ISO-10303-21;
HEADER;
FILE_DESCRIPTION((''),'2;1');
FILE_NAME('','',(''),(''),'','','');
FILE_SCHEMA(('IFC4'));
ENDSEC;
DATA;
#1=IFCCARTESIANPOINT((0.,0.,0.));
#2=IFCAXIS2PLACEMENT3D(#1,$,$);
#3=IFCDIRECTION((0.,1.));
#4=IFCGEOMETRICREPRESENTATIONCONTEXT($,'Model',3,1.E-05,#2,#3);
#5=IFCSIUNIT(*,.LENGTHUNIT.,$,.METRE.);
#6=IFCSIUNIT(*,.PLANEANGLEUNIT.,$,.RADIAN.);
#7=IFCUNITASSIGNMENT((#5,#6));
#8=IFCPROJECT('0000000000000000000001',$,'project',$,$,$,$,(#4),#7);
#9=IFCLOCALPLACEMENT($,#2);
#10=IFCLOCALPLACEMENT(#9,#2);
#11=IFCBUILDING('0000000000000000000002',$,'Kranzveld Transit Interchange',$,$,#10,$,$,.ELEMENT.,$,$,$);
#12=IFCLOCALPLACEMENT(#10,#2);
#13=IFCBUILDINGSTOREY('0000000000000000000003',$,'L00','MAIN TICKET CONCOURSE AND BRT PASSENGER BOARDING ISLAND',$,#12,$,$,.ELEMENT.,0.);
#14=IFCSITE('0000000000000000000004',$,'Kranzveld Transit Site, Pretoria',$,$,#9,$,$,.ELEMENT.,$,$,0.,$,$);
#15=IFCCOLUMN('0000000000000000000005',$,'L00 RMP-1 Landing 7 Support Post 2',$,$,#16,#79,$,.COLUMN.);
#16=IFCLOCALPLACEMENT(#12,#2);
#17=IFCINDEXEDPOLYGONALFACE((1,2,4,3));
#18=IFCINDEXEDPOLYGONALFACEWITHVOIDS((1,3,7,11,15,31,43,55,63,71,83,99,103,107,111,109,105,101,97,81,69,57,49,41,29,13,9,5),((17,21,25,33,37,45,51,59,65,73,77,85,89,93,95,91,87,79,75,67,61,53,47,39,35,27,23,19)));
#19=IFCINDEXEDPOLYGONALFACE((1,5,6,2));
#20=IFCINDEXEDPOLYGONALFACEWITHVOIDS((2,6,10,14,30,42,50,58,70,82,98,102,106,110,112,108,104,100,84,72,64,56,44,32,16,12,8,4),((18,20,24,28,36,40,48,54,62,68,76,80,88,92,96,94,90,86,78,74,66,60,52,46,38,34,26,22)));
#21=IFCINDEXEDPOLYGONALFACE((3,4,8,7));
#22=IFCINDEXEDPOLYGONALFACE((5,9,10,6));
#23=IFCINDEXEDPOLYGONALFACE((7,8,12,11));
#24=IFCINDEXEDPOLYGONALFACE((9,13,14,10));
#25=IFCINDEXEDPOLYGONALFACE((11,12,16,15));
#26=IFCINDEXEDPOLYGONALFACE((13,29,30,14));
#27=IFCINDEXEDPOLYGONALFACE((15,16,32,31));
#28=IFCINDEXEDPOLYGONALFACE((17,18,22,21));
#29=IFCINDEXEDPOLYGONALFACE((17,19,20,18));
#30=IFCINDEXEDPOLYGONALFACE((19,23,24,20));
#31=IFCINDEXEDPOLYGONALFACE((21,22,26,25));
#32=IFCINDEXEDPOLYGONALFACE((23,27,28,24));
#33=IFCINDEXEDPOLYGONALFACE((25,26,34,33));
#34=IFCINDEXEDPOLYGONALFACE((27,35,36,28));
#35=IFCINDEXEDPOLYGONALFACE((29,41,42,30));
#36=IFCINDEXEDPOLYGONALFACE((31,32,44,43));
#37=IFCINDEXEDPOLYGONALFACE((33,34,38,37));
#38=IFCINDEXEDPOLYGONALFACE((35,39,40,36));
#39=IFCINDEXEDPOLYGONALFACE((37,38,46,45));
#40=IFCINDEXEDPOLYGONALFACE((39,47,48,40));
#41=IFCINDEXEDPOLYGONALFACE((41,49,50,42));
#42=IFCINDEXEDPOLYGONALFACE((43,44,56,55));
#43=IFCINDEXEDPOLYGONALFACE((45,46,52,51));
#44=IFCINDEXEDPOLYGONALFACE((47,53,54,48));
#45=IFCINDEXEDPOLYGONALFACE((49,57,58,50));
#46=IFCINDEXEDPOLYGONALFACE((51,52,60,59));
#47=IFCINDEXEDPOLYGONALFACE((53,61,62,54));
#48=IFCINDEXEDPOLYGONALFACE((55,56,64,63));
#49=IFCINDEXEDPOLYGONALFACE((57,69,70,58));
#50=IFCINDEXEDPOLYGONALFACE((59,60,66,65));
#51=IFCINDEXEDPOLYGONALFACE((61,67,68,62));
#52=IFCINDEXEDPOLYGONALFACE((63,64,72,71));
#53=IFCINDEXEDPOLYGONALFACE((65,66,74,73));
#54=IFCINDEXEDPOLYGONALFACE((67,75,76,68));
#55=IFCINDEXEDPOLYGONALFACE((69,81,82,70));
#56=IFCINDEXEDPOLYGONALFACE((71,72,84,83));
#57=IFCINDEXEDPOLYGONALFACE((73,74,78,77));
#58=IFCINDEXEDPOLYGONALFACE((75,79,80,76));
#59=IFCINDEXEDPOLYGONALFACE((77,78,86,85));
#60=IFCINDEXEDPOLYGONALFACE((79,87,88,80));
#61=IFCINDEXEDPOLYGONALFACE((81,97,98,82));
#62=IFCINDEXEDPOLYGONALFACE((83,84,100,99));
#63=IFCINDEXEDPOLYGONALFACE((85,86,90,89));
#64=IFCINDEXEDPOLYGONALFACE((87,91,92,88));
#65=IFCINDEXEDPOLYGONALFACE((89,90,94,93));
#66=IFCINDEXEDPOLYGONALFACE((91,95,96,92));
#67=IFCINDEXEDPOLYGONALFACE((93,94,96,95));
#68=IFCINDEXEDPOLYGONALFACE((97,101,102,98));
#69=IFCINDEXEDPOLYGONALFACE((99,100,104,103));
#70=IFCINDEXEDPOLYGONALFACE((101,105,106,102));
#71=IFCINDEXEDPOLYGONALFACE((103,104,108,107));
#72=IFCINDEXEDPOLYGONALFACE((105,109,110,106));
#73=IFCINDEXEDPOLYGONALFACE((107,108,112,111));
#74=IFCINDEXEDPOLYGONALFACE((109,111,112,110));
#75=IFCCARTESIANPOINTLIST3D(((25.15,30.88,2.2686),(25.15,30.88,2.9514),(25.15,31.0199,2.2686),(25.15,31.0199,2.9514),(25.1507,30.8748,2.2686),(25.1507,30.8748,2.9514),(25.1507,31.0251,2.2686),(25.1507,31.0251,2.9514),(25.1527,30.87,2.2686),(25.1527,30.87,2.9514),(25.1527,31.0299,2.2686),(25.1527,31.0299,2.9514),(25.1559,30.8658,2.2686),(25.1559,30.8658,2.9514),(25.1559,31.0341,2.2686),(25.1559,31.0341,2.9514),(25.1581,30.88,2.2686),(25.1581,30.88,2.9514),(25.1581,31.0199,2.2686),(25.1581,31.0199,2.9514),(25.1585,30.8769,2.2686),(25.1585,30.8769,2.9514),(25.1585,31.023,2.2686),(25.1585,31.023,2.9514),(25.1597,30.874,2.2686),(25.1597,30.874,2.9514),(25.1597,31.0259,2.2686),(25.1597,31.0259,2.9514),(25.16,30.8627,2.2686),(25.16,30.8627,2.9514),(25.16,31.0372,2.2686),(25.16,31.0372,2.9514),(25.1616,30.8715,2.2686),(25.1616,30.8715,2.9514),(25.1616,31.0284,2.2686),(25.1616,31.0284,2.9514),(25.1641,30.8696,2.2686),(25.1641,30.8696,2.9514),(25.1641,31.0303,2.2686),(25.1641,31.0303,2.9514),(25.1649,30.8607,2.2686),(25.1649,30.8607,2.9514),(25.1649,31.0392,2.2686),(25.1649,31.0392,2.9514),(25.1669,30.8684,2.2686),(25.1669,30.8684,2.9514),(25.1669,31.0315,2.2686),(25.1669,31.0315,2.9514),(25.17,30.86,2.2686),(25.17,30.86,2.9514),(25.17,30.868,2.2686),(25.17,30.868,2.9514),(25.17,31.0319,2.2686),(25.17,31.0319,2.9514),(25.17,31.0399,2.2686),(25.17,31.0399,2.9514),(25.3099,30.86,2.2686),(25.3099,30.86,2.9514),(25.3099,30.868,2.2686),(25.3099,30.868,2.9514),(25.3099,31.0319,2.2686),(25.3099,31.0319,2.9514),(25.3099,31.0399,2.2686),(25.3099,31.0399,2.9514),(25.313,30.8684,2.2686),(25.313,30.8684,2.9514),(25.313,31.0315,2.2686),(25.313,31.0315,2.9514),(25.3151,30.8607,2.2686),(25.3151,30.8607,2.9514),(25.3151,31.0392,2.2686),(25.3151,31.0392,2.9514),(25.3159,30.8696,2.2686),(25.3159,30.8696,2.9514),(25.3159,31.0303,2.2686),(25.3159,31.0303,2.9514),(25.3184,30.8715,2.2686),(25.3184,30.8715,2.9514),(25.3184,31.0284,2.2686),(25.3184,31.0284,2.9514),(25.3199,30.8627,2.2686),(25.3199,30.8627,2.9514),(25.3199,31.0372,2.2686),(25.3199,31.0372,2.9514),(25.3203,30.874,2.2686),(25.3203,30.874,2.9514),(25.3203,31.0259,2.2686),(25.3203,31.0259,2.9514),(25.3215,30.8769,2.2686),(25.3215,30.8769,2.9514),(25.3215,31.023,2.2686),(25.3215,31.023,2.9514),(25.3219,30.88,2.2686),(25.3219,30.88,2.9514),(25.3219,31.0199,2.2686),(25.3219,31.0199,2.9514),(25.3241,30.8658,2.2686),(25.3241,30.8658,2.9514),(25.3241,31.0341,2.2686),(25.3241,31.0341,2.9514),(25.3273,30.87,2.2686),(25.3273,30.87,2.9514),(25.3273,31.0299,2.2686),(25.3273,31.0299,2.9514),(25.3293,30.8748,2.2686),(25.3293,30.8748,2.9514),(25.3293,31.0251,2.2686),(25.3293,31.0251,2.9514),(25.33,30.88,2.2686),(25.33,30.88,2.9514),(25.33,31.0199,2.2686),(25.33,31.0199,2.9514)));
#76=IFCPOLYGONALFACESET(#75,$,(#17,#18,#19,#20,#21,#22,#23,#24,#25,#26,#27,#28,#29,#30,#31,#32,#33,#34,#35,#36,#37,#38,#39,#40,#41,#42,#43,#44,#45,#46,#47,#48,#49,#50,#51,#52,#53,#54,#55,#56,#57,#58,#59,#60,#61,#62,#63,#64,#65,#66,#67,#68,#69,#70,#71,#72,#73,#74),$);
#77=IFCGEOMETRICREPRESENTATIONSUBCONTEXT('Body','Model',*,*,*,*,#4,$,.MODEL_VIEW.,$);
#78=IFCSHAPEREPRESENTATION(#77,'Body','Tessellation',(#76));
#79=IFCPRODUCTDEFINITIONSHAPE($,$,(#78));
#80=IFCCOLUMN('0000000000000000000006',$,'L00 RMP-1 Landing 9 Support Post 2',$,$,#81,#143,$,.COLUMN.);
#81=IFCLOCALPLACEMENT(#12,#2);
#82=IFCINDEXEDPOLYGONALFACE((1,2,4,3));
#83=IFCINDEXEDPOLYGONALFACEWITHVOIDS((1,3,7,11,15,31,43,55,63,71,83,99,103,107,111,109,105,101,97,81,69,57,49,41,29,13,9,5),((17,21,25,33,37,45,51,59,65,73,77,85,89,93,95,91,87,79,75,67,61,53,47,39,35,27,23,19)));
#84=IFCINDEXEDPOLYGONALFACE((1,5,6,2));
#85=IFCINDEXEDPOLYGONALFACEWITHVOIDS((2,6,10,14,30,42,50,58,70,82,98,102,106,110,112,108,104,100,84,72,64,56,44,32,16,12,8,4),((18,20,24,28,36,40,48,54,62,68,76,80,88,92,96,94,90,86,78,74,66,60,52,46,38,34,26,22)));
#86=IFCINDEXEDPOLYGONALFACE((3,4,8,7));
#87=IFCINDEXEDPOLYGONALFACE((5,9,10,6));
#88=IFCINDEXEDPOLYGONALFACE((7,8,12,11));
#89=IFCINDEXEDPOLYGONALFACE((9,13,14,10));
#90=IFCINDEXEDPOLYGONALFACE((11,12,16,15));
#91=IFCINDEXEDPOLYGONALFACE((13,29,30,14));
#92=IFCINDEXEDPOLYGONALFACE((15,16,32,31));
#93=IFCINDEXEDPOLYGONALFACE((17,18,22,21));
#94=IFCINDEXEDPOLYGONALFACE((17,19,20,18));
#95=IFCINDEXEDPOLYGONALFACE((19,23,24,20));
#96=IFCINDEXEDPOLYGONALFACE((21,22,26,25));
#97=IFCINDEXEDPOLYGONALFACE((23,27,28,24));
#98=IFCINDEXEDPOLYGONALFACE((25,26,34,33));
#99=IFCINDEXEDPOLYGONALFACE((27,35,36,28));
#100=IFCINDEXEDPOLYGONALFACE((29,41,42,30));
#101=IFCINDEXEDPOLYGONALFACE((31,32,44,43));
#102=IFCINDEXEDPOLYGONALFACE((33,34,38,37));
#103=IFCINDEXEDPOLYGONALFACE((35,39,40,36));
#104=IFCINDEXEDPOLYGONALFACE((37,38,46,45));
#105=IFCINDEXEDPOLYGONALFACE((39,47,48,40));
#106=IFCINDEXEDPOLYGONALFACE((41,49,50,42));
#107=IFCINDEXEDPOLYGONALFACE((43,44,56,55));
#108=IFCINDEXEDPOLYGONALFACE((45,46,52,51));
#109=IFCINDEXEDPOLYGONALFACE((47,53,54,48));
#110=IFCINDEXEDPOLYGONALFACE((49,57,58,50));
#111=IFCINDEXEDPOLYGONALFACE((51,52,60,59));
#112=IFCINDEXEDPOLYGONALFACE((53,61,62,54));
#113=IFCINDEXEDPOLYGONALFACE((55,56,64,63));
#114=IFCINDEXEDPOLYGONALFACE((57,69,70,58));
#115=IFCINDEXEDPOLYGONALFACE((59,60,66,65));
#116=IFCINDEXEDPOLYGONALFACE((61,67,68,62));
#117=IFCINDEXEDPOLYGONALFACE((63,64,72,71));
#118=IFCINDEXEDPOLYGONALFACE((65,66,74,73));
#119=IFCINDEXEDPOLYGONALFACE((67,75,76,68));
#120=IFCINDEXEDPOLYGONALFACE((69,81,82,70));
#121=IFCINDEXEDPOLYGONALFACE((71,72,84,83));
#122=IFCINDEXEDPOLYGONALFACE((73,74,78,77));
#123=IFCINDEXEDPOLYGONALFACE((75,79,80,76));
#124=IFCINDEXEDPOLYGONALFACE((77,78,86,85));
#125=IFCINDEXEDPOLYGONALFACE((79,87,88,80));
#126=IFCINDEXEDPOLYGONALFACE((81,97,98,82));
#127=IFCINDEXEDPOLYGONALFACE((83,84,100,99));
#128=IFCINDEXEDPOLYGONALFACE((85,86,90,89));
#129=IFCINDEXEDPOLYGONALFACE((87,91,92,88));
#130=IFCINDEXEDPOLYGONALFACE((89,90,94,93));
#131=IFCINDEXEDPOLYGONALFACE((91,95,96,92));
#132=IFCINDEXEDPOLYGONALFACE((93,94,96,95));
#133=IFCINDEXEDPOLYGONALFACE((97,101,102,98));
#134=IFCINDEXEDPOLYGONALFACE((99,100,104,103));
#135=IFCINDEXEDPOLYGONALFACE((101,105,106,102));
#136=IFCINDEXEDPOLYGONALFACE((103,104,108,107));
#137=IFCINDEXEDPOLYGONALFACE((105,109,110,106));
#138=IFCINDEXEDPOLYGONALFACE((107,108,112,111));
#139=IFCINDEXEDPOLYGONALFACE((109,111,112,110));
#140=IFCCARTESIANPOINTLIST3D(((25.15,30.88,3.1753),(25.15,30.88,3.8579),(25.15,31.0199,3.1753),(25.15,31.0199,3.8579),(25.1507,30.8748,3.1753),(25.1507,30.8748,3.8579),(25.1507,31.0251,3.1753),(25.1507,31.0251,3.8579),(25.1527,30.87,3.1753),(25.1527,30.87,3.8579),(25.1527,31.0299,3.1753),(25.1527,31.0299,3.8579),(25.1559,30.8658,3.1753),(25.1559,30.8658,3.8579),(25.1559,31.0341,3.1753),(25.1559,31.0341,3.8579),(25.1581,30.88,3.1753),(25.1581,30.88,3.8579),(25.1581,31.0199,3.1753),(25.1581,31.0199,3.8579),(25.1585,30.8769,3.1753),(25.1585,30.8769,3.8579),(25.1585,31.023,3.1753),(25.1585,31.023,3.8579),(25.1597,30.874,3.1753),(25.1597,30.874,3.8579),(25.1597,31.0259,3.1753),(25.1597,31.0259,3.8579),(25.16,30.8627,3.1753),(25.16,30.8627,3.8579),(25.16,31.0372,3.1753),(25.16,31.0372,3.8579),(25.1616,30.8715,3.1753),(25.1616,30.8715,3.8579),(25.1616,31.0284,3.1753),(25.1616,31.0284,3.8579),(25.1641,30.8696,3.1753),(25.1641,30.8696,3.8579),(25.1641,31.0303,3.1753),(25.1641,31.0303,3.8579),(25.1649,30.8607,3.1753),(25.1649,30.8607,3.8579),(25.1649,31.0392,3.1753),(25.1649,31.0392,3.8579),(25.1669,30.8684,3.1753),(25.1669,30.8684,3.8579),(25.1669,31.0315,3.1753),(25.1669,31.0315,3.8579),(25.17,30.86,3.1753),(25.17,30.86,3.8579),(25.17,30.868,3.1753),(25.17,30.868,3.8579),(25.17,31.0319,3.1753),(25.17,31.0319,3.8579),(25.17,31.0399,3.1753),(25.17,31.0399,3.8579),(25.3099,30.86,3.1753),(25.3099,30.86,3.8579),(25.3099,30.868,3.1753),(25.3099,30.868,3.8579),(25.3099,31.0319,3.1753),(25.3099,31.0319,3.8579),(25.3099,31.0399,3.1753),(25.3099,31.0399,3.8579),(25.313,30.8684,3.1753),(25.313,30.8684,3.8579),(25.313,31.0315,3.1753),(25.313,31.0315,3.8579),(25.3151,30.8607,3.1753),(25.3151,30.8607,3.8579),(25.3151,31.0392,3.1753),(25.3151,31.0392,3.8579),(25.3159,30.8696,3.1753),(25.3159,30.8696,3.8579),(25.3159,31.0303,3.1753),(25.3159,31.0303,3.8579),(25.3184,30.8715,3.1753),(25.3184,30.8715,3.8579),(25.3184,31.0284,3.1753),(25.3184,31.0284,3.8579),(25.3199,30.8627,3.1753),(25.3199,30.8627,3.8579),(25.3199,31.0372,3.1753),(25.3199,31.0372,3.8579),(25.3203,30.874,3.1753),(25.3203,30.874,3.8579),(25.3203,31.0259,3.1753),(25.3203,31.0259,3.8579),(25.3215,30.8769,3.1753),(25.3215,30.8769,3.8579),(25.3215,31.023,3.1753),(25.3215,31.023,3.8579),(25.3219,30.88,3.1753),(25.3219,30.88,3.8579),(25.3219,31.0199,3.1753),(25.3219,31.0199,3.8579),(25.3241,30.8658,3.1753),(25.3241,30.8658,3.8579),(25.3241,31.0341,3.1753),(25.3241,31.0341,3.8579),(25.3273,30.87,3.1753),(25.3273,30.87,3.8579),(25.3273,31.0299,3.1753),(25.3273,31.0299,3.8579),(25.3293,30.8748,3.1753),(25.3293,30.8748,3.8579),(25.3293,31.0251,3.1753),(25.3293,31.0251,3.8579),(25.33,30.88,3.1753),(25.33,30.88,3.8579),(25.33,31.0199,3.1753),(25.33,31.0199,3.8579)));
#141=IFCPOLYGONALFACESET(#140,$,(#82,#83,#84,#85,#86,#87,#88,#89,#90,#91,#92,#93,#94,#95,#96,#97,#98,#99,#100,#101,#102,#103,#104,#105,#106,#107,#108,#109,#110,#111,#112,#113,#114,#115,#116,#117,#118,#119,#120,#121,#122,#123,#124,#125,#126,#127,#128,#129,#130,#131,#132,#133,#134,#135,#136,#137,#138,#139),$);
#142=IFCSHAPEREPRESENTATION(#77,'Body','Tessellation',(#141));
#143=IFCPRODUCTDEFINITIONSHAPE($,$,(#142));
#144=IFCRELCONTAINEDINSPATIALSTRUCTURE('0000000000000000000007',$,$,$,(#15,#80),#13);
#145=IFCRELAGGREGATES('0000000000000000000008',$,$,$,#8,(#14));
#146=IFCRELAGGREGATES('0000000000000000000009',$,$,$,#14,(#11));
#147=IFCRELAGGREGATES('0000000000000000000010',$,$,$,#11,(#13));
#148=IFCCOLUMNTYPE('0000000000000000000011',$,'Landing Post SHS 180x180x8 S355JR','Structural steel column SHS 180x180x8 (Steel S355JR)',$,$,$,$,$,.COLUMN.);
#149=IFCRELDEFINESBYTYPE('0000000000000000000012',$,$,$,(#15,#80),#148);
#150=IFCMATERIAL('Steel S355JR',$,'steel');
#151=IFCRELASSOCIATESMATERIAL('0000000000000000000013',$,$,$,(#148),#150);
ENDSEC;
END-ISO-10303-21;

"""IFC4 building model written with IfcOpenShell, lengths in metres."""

from ifc_helpers import new_model, si_unit, direction, frame, origin, origin_2d, place, context, subcontext, project, spatial, hollow_rectangle, extrude, material, material_profile, profile_set, type_object, element, save


model = new_model("IFC4")

# Units and contexts
model_context = context("Model", 3, precision=1e-05, world=origin(), true_north=direction((0.0, 1.0)))
body_context = subcontext(model_context, "Body", "Model", "MODEL_VIEW")
ifc_project = project(units=[si_unit("LENGTHUNIT", "METRE"), si_unit("PLANEANGLEUNIT", "RADIAN")], contexts=[model_context])

# Site, building, storey
site_placement = place(None, origin())
site = spatial("IfcSite", under=ifc_project, at=site_placement, Name="Kranzveld Transit Site, Pretoria", CompositionType="ELEMENT", RefElevation=0.0)
building_placement = place(site_placement, origin())
building = spatial("IfcBuilding", under=site, at=building_placement, Name="Kranzveld Transit Interchange", CompositionType="ELEMENT")
storey_placement = place(building_placement, origin())
storey = spatial("IfcBuildingStorey", under=building, at=storey_placement, Name="L00", Description="MAIN TICKET CONCOURSE AND BRT PASSENGER BOARDING ISLAND", CompositionType="ELEMENT", Elevation=0.0)

# Columns
ifc_material_1 = material(Name="Steel S355JR", Category="steel")
ifc_material_profile_1 = material_profile(ifc_material_1, hollow_rectangle(XDim=0.1799, YDim=0.1799, WallThickness=0.0081, InnerFilletRadius=0.012, OuterFilletRadius=0.02, at=origin_2d()), Name="SHS 180x180x8")
ifc_profile_set_1 = profile_set([ifc_material_profile_1], Name="Steel S355JR")
column_type_1 = type_object("IfcColumnType", Name="Landing Post SHS 180x180x8 S355JR", Description="Structural steel column SHS 180x180x8 (Steel S355JR)", PredefinedType="COLUMN", material=ifc_profile_set_1)
column_1_placement = place(storey_placement, frame((25.24, 30.95, 2.2686), z_axis=(0.0, 0.0, 1.0), x_axis=(1.0, 0.0, 0.0)))
element("IfcColumn", 1, at=column_1_placement, inside=storey, type_object=column_type_1, Name="L00 RMP-1 Landing 7 Support Post 2", PredefinedType="COLUMN", context=body_context, shape_type="SweptSolid", body=[
    extrude(hollow_rectangle(XDim=0.1799, YDim=0.1799, WallThickness=0.0081, InnerFilletRadius=0.012, OuterFilletRadius=0.02, at=origin_2d()), origin(), (0.0, 0.0, 1.0), 0.6829),
])
for number, where, z_axis, x_axis, name in (
    (2, (25.24, 30.95, 3.1753), (0.0, 0.0, 1.0), (1.0, 0.0, 0.0), "L00 RMP-1 Landing 9 Support Post 2"),
):
    element("IfcColumn", number, at=place(storey_placement, frame(where, z_axis=z_axis, x_axis=x_axis)), inside=storey, type_object=column_type_1, Name=name, PredefinedType="COLUMN", context=body_context, shape_type="SweptSolid", body=[
        extrude(hollow_rectangle(XDim=0.1799, YDim=0.1799, WallThickness=0.0081, InnerFilletRadius=0.012, OuterFilletRadius=0.02, at=origin_2d()), origin(), (0.0, 0.0, 1.0), 0.6826),
    ])

save(model, "model.ifc")
